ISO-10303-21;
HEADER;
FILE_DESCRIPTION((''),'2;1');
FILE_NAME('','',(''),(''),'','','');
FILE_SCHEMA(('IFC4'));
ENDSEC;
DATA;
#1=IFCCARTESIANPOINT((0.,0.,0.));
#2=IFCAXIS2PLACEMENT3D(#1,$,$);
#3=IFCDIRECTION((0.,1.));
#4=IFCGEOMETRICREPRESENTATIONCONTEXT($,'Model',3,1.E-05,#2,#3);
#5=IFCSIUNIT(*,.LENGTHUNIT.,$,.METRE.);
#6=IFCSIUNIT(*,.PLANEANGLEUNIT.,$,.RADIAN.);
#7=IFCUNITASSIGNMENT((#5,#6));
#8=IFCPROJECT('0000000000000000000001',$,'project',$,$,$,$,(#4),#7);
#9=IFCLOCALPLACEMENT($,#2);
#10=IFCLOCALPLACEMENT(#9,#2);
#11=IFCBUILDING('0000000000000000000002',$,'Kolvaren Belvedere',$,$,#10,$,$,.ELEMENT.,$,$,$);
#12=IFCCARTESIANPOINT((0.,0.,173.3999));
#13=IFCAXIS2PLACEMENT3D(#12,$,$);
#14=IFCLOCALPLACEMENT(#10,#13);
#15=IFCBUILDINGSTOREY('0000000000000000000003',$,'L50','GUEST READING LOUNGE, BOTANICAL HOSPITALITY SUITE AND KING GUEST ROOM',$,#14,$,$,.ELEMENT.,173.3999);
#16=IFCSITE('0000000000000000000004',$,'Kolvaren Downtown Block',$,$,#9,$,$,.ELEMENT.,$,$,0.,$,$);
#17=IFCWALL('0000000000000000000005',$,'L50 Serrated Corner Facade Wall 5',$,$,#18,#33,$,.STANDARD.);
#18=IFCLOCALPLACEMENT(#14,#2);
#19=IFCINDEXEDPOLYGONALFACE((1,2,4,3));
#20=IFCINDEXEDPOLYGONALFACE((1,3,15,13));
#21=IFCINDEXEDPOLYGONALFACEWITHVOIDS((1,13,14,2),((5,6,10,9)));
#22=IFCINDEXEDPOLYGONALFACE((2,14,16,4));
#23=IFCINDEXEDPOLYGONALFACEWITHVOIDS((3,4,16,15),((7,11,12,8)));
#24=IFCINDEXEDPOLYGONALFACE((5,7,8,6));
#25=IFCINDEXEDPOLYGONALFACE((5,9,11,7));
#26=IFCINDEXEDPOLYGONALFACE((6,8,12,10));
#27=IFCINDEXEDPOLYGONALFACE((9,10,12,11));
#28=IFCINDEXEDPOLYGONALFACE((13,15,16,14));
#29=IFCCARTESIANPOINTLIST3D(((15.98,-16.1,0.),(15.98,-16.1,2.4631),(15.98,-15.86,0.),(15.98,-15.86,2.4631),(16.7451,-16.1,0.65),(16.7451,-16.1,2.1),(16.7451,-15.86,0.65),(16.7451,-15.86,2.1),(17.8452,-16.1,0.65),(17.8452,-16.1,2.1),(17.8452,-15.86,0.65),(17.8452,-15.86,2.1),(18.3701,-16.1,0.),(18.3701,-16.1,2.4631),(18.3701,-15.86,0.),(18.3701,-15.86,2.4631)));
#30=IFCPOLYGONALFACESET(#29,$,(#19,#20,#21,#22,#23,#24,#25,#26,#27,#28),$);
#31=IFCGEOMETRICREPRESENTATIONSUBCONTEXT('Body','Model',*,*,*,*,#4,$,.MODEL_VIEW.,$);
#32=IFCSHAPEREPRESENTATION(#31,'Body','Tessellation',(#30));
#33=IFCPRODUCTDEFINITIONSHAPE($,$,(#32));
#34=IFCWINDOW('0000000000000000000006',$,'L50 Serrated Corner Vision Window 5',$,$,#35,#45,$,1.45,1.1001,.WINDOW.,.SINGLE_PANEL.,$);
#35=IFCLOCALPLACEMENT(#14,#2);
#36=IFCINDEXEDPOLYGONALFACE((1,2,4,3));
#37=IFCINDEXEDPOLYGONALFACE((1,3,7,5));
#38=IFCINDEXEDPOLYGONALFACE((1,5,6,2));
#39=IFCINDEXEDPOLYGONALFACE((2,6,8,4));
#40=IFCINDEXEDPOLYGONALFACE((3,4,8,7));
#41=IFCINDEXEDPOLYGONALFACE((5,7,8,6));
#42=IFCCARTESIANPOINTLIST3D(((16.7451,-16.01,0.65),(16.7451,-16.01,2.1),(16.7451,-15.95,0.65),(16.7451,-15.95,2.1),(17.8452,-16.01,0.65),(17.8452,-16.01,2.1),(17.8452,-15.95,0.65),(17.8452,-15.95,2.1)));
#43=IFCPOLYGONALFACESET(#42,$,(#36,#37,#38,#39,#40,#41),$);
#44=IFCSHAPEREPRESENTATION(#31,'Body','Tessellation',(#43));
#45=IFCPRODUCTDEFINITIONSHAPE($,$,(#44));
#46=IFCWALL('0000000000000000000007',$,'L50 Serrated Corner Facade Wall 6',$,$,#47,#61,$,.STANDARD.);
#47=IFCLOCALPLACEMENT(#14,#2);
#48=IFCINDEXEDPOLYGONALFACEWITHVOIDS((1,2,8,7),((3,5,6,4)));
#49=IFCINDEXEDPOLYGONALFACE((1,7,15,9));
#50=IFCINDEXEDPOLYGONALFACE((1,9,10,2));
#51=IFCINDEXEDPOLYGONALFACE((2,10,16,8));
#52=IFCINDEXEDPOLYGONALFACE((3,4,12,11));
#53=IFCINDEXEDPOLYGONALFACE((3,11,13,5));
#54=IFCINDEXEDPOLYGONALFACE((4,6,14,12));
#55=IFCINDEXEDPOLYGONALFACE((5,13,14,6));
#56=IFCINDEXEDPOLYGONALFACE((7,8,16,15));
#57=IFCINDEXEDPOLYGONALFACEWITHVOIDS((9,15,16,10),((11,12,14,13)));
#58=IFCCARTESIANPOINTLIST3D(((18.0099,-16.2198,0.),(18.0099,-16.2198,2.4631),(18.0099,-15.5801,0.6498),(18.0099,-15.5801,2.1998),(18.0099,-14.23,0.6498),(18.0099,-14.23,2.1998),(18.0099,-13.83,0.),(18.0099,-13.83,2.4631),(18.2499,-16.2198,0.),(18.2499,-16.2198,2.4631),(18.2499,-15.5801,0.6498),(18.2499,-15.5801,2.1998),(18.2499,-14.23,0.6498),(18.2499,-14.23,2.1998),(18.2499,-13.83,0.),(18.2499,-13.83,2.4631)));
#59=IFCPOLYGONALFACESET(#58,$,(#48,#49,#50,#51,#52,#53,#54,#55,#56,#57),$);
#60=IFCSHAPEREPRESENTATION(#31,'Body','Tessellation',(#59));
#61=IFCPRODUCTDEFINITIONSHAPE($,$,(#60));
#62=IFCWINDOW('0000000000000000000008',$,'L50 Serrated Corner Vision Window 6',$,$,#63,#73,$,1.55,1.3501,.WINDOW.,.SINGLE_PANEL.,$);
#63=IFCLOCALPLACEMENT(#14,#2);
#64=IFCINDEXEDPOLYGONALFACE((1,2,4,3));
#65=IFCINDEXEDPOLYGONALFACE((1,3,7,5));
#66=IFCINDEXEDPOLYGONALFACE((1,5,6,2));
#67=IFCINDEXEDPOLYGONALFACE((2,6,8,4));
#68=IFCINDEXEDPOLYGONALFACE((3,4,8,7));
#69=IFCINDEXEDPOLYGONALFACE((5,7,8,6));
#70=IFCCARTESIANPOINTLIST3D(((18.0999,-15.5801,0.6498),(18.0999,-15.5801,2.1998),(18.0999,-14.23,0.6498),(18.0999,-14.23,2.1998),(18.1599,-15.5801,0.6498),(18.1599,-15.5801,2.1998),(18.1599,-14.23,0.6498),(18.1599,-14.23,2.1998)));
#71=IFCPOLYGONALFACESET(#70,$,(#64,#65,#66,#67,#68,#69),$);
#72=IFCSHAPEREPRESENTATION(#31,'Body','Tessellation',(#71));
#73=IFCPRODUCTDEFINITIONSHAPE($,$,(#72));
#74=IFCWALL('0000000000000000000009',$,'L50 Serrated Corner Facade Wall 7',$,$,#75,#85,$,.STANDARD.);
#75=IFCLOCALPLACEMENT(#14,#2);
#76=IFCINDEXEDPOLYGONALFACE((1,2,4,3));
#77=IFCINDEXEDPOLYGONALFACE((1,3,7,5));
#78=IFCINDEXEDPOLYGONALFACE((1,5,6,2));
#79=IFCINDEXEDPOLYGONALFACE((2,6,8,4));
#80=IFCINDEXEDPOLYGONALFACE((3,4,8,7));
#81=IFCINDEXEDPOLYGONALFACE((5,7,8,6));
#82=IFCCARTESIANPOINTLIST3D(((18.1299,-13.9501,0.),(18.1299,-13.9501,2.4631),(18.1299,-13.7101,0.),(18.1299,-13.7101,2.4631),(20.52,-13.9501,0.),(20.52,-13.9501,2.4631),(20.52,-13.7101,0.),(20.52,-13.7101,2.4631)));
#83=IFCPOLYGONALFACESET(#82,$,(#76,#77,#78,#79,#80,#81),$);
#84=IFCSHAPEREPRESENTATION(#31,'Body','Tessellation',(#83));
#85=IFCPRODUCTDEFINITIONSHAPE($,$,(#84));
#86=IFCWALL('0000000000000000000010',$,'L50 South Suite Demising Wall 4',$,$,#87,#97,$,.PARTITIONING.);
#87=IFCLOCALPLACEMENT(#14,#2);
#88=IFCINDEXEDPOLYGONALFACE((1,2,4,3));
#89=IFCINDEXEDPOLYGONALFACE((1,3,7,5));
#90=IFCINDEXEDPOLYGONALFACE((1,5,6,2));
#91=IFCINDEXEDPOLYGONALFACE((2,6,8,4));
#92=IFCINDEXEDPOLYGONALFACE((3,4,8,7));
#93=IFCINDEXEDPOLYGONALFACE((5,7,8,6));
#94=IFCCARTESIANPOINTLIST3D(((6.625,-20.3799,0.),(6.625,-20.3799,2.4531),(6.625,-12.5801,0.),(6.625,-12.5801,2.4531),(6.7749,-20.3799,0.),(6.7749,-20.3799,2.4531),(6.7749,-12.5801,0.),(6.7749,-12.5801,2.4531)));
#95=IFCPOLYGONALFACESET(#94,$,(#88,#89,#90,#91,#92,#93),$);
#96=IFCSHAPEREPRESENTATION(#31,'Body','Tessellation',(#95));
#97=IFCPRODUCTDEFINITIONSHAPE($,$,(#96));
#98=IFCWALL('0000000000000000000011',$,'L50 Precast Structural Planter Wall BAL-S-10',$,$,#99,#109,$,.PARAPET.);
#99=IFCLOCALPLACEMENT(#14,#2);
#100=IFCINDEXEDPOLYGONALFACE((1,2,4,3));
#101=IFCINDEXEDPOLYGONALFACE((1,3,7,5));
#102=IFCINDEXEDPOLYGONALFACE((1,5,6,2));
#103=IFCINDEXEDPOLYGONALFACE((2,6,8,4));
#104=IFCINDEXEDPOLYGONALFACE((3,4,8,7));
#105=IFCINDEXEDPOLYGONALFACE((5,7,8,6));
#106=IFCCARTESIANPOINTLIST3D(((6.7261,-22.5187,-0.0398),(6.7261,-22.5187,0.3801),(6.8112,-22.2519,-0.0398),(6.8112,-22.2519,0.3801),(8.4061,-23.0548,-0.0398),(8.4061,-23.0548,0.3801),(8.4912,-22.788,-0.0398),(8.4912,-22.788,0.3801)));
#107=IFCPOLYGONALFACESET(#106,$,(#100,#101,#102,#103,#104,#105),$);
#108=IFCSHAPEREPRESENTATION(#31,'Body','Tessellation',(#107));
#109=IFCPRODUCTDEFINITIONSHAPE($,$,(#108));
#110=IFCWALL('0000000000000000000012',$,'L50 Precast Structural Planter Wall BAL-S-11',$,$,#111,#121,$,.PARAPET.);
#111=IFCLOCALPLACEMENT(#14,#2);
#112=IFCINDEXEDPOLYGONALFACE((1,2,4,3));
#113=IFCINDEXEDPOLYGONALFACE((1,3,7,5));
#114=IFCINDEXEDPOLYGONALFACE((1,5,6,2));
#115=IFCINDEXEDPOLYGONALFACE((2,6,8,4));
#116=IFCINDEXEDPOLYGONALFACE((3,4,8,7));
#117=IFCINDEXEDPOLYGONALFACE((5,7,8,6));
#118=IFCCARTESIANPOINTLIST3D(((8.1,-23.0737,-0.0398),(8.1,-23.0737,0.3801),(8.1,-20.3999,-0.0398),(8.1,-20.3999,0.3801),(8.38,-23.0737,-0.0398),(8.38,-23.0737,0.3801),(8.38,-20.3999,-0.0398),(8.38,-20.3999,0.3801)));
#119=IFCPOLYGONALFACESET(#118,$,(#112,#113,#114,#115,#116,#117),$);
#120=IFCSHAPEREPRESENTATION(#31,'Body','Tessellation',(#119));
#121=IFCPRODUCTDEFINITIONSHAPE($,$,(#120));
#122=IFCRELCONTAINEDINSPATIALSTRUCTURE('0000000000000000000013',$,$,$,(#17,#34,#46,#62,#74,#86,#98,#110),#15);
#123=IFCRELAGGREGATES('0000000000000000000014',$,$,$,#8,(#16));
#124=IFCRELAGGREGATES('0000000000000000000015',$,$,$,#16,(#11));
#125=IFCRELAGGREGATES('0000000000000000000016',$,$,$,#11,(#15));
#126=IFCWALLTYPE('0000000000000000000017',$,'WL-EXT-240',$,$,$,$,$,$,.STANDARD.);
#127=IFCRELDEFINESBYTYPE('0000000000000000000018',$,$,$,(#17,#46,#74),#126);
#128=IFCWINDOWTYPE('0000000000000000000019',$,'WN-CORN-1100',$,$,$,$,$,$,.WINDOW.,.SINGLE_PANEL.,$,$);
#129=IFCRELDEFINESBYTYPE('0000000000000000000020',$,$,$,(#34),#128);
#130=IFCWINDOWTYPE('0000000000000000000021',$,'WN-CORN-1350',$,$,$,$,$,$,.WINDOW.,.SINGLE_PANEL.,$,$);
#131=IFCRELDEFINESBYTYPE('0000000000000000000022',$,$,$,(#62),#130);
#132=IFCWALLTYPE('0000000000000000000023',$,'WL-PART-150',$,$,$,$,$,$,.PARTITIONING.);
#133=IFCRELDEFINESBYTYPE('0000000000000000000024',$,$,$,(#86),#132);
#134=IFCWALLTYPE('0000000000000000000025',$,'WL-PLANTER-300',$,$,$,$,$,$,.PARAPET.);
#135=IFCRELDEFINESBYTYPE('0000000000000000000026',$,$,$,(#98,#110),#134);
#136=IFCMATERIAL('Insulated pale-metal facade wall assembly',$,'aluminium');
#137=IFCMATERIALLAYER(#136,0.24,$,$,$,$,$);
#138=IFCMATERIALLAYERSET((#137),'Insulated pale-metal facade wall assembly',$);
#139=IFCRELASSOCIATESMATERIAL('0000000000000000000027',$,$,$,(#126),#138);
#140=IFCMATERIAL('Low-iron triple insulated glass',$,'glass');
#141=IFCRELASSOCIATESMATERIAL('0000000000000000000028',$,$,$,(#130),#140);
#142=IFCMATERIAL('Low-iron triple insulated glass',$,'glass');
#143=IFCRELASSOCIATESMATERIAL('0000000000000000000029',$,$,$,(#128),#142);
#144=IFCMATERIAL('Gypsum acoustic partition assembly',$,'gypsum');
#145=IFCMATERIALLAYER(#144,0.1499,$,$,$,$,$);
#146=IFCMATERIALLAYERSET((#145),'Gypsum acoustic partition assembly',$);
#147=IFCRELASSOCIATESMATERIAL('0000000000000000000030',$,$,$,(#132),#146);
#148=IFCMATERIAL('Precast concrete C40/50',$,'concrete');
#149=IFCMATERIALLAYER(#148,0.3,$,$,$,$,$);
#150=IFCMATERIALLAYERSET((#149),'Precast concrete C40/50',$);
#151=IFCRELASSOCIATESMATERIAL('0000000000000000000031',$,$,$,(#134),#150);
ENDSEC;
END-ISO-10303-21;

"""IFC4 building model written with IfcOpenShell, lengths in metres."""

from ifc_helpers import new_model, si_unit, direction, frame, frame_2d, origin, place, context, subcontext, project, spatial, rectangle, extrude, material, layer, layer_set, type_object, element, fill, save


model = new_model("IFC4")

# Units and contexts
model_context = context("Model", 3, precision=1e-05, world=origin(), true_north=direction((0.0, 1.0)))
body_context = subcontext(model_context, "Body", "Model", "MODEL_VIEW")
ifc_project = project(units=[si_unit("LENGTHUNIT", "METRE"), si_unit("PLANEANGLEUNIT", "RADIAN")], contexts=[model_context])

# Site, building, storey
site_placement = place(None, origin())
site = spatial("IfcSite", under=ifc_project, at=site_placement, Name="Kolvaren Downtown Block", CompositionType="ELEMENT", RefElevation=0.0)
building_placement = place(site_placement, origin())
building = spatial("IfcBuilding", under=site, at=building_placement, Name="Kolvaren Belvedere", CompositionType="ELEMENT")
storey_placement = place(building_placement, frame((0.0, 0.0, 173.3999)))
storey = spatial("IfcBuildingStorey", under=building, at=storey_placement, Name="L50", Description="GUEST READING LOUNGE, BOTANICAL HOSPITALITY SUITE AND KING GUEST ROOM", CompositionType="ELEMENT", Elevation=173.3999)

# Shared definitions
ifc_material_1 = material(Name="Insulated pale-metal facade wall assembly", Category="aluminium")
ifc_layer_1 = layer(ifc_material_1, 0.24)
ifc_layer_set_1 = layer_set([ifc_layer_1], Name="Insulated pale-metal facade wall assembly")
wall_type_1 = type_object("IfcWallType", Name="WL-EXT-240", PredefinedType="STANDARD", material=ifc_layer_set_1)

# Walls, openings, windows
ifc_material_2 = material(Name="Low-iron triple insulated glass", Category="glass")
window_type_1 = type_object("IfcWindowType", Name="WN-CORN-1350", PartitioningType="SINGLE_PANEL", PredefinedType="WINDOW", material=ifc_material_2)
ifc_material_3 = material(Name="Low-iron triple insulated glass", Category="glass")
window_type_2 = type_object("IfcWindowType", Name="WN-CORN-1100", PartitioningType="SINGLE_PANEL", PredefinedType="WINDOW", material=ifc_material_3)
wall_1_placement = place(storey_placement, frame((18.3701, -15.98, 0.0), z_axis=(0.0, 0.0, 1.0), x_axis=(-1.0, 0.0, 0.0)))
wall_1 = element("IfcWall", 1, at=wall_1_placement, inside=storey, type_object=wall_type_1, Name="L50 Serrated Corner Facade Wall 5", PredefinedType="STANDARD", context=body_context, shape_type="SweptSolid", body=[
    extrude(rectangle(XDim=2.3901, YDim=0.24, at=frame_2d((1.1951, 0.0))), origin(), (0.0, 0.0, 1.0), 2.4631),
])
opening_1_placement = place(wall_1_placement, frame((0.5249, 0.0, 0.6499)))
opening_1 = element("IfcOpeningElement", 2, at=opening_1_placement, cuts=wall_1, PredefinedType="OPENING", context=body_context, shape_type="SweptSolid", body=[
    extrude(rectangle(XDim=1.1001, YDim=1.45, at=frame_2d((0.55, 0.7251))), frame((0.0, 0.1299, 0.0), z_axis=(0.0, -1.0, 0.0), x_axis=(1.0, 0.0, 0.0)), (0.0, 0.0, 1.0), 0.26),
])
window_1_placement = place(opening_1_placement, origin())
window_1 = element("IfcWindow", 3, at=window_1_placement, inside=storey, type_object=window_type_2, Name="L50 Serrated Corner Vision Window 5", OverallHeight=1.45, OverallWidth=1.1001, PartitioningType="SINGLE_PANEL", PredefinedType="WINDOW", context=body_context, shape_type="SweptSolid", body=[
    extrude(rectangle(XDim=1.1001, YDim=1.45, at=frame_2d((0.55, 0.7251))), frame((0.0, 0.03, 0.0), z_axis=(0.0, -1.0, 0.0), x_axis=(1.0, 0.0, 0.0)), (0.0, 0.0, 1.0), 0.0601),
])
fill(opening_1, window_1)
wall_2_placement = place(storey_placement, frame((18.1299, -13.8301, 0.0), z_axis=(0.0, 0.0, 1.0), x_axis=(0.0, -1.0, 0.0)))
wall_2 = element("IfcWall", 4, at=wall_2_placement, inside=storey, type_object=wall_type_1, Name="L50 Serrated Corner Facade Wall 6", PredefinedType="STANDARD", context=body_context, shape_type="SweptSolid", body=[
    extrude(rectangle(XDim=2.3899, YDim=0.24, at=frame_2d((1.1948, 0.0))), origin(), (0.0, 0.0, 1.0), 2.4631),
])
opening_2_placement = place(wall_2_placement, frame((0.3999, 0.0, 0.6499)))
opening_2 = element("IfcOpeningElement", 5, at=opening_2_placement, cuts=wall_2, PredefinedType="OPENING", context=body_context, shape_type="SweptSolid", body=[
    extrude(rectangle(XDim=1.3501, YDim=1.55, at=frame_2d((0.675, 0.7749))), frame((0.0, 0.1299, 0.0), z_axis=(0.0, -1.0, 0.0), x_axis=(1.0, 0.0, 0.0)), (0.0, 0.0, 1.0), 0.26),
])
window_2_placement = place(opening_2_placement, origin())
window_2 = element("IfcWindow", 6, at=window_2_placement, inside=storey, type_object=window_type_1, Name="L50 Serrated Corner Vision Window 6", OverallHeight=1.55, OverallWidth=1.3501, PartitioningType="SINGLE_PANEL", PredefinedType="WINDOW", context=body_context, shape_type="SweptSolid", body=[
    extrude(rectangle(XDim=1.3501, YDim=1.55, at=frame_2d((0.675, 0.7749))), frame((0.0, 0.03, 0.0), z_axis=(0.0, -1.0, 0.0), x_axis=(1.0, 0.0, 0.0)), (0.0, 0.0, 1.0), 0.0601),
])
fill(opening_2, window_2)

# Walls
wall_3_placement = place(storey_placement, frame((20.52, -13.8301, 0.0), z_axis=(0.0, 0.0, 1.0), x_axis=(-1.0, 0.0, 0.0)))
element("IfcWall", 7, at=wall_3_placement, inside=storey, type_object=wall_type_1, Name="L50 Serrated Corner Facade Wall 7", PredefinedType="STANDARD", context=body_context, shape_type="SweptSolid", body=[
    extrude(rectangle(XDim=2.3901, YDim=0.24, at=frame_2d((1.1951, 0.0))), origin(), (0.0, 0.0, 1.0), 2.4631),
])
ifc_material_4 = material(Name="Gypsum acoustic partition assembly", Category="gypsum")
ifc_layer_2 = layer(ifc_material_4, 0.1499)
ifc_layer_set_2 = layer_set([ifc_layer_2], Name="Gypsum acoustic partition assembly")
wall_type_2 = type_object("IfcWallType", Name="WL-PART-150", PredefinedType="PARTITIONING", material=ifc_layer_set_2)
wall_4_placement = place(storey_placement, frame((6.7, -20.3799, 0.0), z_axis=(0.0, 0.0, 1.0), x_axis=(0.0, 1.0, 0.0)))
element("IfcWall", 8, at=wall_4_placement, inside=storey, type_object=wall_type_2, Name="L50 South Suite Demising Wall 4", PredefinedType="PARTITIONING", context=body_context, shape_type="SweptSolid", body=[
    extrude(rectangle(XDim=7.7998, YDim=0.1499, at=frame_2d((3.8999, 0.0))), origin(), (0.0, 0.0, 1.0), 2.4531),
])
ifc_material_5 = material(Name="Precast concrete C40/50", Category="concrete")
ifc_layer_3 = layer(ifc_material_5, 0.3)
ifc_layer_set_3 = layer_set([ifc_layer_3], Name="Precast concrete C40/50")
wall_type_3 = type_object("IfcWallType", Name="WL-PLANTER-300", PredefinedType="PARAPET", material=ifc_layer_set_3)
wall_5_placement = place(storey_placement, frame((6.7686, -22.3853, -0.0398), z_axis=(0.0, 0.0, 1.0), x_axis=(0.952662, -0.304032, 0.0)))
element("IfcWall", 9, at=wall_5_placement, inside=storey, type_object=wall_type_3, Name="L50 Precast Structural Planter Wall BAL-S-10", PredefinedType="PARAPET", context=body_context, shape_type="SweptSolid", body=[
    extrude(rectangle(XDim=1.7634, YDim=0.28, at=frame_2d((0.8818, 0.0))), origin(), (0.0, 0.0, 1.0), 0.4199),
])
wall_6_placement = place(storey_placement, frame((8.24, -23.0737, -0.0398), z_axis=(0.0, 0.0, 1.0), x_axis=(0.0, 1.0, 0.0)))
element("IfcWall", 10, at=wall_6_placement, inside=storey, type_object=wall_type_3, Name="L50 Precast Structural Planter Wall BAL-S-11", PredefinedType="PARAPET", context=body_context, shape_type="SweptSolid", body=[
    extrude(rectangle(XDim=2.6738, YDim=0.28, at=frame_2d((1.3369, 0.0))), origin(), (0.0, 0.0, 1.0), 0.4199),
])

save(model, "model.ifc")
